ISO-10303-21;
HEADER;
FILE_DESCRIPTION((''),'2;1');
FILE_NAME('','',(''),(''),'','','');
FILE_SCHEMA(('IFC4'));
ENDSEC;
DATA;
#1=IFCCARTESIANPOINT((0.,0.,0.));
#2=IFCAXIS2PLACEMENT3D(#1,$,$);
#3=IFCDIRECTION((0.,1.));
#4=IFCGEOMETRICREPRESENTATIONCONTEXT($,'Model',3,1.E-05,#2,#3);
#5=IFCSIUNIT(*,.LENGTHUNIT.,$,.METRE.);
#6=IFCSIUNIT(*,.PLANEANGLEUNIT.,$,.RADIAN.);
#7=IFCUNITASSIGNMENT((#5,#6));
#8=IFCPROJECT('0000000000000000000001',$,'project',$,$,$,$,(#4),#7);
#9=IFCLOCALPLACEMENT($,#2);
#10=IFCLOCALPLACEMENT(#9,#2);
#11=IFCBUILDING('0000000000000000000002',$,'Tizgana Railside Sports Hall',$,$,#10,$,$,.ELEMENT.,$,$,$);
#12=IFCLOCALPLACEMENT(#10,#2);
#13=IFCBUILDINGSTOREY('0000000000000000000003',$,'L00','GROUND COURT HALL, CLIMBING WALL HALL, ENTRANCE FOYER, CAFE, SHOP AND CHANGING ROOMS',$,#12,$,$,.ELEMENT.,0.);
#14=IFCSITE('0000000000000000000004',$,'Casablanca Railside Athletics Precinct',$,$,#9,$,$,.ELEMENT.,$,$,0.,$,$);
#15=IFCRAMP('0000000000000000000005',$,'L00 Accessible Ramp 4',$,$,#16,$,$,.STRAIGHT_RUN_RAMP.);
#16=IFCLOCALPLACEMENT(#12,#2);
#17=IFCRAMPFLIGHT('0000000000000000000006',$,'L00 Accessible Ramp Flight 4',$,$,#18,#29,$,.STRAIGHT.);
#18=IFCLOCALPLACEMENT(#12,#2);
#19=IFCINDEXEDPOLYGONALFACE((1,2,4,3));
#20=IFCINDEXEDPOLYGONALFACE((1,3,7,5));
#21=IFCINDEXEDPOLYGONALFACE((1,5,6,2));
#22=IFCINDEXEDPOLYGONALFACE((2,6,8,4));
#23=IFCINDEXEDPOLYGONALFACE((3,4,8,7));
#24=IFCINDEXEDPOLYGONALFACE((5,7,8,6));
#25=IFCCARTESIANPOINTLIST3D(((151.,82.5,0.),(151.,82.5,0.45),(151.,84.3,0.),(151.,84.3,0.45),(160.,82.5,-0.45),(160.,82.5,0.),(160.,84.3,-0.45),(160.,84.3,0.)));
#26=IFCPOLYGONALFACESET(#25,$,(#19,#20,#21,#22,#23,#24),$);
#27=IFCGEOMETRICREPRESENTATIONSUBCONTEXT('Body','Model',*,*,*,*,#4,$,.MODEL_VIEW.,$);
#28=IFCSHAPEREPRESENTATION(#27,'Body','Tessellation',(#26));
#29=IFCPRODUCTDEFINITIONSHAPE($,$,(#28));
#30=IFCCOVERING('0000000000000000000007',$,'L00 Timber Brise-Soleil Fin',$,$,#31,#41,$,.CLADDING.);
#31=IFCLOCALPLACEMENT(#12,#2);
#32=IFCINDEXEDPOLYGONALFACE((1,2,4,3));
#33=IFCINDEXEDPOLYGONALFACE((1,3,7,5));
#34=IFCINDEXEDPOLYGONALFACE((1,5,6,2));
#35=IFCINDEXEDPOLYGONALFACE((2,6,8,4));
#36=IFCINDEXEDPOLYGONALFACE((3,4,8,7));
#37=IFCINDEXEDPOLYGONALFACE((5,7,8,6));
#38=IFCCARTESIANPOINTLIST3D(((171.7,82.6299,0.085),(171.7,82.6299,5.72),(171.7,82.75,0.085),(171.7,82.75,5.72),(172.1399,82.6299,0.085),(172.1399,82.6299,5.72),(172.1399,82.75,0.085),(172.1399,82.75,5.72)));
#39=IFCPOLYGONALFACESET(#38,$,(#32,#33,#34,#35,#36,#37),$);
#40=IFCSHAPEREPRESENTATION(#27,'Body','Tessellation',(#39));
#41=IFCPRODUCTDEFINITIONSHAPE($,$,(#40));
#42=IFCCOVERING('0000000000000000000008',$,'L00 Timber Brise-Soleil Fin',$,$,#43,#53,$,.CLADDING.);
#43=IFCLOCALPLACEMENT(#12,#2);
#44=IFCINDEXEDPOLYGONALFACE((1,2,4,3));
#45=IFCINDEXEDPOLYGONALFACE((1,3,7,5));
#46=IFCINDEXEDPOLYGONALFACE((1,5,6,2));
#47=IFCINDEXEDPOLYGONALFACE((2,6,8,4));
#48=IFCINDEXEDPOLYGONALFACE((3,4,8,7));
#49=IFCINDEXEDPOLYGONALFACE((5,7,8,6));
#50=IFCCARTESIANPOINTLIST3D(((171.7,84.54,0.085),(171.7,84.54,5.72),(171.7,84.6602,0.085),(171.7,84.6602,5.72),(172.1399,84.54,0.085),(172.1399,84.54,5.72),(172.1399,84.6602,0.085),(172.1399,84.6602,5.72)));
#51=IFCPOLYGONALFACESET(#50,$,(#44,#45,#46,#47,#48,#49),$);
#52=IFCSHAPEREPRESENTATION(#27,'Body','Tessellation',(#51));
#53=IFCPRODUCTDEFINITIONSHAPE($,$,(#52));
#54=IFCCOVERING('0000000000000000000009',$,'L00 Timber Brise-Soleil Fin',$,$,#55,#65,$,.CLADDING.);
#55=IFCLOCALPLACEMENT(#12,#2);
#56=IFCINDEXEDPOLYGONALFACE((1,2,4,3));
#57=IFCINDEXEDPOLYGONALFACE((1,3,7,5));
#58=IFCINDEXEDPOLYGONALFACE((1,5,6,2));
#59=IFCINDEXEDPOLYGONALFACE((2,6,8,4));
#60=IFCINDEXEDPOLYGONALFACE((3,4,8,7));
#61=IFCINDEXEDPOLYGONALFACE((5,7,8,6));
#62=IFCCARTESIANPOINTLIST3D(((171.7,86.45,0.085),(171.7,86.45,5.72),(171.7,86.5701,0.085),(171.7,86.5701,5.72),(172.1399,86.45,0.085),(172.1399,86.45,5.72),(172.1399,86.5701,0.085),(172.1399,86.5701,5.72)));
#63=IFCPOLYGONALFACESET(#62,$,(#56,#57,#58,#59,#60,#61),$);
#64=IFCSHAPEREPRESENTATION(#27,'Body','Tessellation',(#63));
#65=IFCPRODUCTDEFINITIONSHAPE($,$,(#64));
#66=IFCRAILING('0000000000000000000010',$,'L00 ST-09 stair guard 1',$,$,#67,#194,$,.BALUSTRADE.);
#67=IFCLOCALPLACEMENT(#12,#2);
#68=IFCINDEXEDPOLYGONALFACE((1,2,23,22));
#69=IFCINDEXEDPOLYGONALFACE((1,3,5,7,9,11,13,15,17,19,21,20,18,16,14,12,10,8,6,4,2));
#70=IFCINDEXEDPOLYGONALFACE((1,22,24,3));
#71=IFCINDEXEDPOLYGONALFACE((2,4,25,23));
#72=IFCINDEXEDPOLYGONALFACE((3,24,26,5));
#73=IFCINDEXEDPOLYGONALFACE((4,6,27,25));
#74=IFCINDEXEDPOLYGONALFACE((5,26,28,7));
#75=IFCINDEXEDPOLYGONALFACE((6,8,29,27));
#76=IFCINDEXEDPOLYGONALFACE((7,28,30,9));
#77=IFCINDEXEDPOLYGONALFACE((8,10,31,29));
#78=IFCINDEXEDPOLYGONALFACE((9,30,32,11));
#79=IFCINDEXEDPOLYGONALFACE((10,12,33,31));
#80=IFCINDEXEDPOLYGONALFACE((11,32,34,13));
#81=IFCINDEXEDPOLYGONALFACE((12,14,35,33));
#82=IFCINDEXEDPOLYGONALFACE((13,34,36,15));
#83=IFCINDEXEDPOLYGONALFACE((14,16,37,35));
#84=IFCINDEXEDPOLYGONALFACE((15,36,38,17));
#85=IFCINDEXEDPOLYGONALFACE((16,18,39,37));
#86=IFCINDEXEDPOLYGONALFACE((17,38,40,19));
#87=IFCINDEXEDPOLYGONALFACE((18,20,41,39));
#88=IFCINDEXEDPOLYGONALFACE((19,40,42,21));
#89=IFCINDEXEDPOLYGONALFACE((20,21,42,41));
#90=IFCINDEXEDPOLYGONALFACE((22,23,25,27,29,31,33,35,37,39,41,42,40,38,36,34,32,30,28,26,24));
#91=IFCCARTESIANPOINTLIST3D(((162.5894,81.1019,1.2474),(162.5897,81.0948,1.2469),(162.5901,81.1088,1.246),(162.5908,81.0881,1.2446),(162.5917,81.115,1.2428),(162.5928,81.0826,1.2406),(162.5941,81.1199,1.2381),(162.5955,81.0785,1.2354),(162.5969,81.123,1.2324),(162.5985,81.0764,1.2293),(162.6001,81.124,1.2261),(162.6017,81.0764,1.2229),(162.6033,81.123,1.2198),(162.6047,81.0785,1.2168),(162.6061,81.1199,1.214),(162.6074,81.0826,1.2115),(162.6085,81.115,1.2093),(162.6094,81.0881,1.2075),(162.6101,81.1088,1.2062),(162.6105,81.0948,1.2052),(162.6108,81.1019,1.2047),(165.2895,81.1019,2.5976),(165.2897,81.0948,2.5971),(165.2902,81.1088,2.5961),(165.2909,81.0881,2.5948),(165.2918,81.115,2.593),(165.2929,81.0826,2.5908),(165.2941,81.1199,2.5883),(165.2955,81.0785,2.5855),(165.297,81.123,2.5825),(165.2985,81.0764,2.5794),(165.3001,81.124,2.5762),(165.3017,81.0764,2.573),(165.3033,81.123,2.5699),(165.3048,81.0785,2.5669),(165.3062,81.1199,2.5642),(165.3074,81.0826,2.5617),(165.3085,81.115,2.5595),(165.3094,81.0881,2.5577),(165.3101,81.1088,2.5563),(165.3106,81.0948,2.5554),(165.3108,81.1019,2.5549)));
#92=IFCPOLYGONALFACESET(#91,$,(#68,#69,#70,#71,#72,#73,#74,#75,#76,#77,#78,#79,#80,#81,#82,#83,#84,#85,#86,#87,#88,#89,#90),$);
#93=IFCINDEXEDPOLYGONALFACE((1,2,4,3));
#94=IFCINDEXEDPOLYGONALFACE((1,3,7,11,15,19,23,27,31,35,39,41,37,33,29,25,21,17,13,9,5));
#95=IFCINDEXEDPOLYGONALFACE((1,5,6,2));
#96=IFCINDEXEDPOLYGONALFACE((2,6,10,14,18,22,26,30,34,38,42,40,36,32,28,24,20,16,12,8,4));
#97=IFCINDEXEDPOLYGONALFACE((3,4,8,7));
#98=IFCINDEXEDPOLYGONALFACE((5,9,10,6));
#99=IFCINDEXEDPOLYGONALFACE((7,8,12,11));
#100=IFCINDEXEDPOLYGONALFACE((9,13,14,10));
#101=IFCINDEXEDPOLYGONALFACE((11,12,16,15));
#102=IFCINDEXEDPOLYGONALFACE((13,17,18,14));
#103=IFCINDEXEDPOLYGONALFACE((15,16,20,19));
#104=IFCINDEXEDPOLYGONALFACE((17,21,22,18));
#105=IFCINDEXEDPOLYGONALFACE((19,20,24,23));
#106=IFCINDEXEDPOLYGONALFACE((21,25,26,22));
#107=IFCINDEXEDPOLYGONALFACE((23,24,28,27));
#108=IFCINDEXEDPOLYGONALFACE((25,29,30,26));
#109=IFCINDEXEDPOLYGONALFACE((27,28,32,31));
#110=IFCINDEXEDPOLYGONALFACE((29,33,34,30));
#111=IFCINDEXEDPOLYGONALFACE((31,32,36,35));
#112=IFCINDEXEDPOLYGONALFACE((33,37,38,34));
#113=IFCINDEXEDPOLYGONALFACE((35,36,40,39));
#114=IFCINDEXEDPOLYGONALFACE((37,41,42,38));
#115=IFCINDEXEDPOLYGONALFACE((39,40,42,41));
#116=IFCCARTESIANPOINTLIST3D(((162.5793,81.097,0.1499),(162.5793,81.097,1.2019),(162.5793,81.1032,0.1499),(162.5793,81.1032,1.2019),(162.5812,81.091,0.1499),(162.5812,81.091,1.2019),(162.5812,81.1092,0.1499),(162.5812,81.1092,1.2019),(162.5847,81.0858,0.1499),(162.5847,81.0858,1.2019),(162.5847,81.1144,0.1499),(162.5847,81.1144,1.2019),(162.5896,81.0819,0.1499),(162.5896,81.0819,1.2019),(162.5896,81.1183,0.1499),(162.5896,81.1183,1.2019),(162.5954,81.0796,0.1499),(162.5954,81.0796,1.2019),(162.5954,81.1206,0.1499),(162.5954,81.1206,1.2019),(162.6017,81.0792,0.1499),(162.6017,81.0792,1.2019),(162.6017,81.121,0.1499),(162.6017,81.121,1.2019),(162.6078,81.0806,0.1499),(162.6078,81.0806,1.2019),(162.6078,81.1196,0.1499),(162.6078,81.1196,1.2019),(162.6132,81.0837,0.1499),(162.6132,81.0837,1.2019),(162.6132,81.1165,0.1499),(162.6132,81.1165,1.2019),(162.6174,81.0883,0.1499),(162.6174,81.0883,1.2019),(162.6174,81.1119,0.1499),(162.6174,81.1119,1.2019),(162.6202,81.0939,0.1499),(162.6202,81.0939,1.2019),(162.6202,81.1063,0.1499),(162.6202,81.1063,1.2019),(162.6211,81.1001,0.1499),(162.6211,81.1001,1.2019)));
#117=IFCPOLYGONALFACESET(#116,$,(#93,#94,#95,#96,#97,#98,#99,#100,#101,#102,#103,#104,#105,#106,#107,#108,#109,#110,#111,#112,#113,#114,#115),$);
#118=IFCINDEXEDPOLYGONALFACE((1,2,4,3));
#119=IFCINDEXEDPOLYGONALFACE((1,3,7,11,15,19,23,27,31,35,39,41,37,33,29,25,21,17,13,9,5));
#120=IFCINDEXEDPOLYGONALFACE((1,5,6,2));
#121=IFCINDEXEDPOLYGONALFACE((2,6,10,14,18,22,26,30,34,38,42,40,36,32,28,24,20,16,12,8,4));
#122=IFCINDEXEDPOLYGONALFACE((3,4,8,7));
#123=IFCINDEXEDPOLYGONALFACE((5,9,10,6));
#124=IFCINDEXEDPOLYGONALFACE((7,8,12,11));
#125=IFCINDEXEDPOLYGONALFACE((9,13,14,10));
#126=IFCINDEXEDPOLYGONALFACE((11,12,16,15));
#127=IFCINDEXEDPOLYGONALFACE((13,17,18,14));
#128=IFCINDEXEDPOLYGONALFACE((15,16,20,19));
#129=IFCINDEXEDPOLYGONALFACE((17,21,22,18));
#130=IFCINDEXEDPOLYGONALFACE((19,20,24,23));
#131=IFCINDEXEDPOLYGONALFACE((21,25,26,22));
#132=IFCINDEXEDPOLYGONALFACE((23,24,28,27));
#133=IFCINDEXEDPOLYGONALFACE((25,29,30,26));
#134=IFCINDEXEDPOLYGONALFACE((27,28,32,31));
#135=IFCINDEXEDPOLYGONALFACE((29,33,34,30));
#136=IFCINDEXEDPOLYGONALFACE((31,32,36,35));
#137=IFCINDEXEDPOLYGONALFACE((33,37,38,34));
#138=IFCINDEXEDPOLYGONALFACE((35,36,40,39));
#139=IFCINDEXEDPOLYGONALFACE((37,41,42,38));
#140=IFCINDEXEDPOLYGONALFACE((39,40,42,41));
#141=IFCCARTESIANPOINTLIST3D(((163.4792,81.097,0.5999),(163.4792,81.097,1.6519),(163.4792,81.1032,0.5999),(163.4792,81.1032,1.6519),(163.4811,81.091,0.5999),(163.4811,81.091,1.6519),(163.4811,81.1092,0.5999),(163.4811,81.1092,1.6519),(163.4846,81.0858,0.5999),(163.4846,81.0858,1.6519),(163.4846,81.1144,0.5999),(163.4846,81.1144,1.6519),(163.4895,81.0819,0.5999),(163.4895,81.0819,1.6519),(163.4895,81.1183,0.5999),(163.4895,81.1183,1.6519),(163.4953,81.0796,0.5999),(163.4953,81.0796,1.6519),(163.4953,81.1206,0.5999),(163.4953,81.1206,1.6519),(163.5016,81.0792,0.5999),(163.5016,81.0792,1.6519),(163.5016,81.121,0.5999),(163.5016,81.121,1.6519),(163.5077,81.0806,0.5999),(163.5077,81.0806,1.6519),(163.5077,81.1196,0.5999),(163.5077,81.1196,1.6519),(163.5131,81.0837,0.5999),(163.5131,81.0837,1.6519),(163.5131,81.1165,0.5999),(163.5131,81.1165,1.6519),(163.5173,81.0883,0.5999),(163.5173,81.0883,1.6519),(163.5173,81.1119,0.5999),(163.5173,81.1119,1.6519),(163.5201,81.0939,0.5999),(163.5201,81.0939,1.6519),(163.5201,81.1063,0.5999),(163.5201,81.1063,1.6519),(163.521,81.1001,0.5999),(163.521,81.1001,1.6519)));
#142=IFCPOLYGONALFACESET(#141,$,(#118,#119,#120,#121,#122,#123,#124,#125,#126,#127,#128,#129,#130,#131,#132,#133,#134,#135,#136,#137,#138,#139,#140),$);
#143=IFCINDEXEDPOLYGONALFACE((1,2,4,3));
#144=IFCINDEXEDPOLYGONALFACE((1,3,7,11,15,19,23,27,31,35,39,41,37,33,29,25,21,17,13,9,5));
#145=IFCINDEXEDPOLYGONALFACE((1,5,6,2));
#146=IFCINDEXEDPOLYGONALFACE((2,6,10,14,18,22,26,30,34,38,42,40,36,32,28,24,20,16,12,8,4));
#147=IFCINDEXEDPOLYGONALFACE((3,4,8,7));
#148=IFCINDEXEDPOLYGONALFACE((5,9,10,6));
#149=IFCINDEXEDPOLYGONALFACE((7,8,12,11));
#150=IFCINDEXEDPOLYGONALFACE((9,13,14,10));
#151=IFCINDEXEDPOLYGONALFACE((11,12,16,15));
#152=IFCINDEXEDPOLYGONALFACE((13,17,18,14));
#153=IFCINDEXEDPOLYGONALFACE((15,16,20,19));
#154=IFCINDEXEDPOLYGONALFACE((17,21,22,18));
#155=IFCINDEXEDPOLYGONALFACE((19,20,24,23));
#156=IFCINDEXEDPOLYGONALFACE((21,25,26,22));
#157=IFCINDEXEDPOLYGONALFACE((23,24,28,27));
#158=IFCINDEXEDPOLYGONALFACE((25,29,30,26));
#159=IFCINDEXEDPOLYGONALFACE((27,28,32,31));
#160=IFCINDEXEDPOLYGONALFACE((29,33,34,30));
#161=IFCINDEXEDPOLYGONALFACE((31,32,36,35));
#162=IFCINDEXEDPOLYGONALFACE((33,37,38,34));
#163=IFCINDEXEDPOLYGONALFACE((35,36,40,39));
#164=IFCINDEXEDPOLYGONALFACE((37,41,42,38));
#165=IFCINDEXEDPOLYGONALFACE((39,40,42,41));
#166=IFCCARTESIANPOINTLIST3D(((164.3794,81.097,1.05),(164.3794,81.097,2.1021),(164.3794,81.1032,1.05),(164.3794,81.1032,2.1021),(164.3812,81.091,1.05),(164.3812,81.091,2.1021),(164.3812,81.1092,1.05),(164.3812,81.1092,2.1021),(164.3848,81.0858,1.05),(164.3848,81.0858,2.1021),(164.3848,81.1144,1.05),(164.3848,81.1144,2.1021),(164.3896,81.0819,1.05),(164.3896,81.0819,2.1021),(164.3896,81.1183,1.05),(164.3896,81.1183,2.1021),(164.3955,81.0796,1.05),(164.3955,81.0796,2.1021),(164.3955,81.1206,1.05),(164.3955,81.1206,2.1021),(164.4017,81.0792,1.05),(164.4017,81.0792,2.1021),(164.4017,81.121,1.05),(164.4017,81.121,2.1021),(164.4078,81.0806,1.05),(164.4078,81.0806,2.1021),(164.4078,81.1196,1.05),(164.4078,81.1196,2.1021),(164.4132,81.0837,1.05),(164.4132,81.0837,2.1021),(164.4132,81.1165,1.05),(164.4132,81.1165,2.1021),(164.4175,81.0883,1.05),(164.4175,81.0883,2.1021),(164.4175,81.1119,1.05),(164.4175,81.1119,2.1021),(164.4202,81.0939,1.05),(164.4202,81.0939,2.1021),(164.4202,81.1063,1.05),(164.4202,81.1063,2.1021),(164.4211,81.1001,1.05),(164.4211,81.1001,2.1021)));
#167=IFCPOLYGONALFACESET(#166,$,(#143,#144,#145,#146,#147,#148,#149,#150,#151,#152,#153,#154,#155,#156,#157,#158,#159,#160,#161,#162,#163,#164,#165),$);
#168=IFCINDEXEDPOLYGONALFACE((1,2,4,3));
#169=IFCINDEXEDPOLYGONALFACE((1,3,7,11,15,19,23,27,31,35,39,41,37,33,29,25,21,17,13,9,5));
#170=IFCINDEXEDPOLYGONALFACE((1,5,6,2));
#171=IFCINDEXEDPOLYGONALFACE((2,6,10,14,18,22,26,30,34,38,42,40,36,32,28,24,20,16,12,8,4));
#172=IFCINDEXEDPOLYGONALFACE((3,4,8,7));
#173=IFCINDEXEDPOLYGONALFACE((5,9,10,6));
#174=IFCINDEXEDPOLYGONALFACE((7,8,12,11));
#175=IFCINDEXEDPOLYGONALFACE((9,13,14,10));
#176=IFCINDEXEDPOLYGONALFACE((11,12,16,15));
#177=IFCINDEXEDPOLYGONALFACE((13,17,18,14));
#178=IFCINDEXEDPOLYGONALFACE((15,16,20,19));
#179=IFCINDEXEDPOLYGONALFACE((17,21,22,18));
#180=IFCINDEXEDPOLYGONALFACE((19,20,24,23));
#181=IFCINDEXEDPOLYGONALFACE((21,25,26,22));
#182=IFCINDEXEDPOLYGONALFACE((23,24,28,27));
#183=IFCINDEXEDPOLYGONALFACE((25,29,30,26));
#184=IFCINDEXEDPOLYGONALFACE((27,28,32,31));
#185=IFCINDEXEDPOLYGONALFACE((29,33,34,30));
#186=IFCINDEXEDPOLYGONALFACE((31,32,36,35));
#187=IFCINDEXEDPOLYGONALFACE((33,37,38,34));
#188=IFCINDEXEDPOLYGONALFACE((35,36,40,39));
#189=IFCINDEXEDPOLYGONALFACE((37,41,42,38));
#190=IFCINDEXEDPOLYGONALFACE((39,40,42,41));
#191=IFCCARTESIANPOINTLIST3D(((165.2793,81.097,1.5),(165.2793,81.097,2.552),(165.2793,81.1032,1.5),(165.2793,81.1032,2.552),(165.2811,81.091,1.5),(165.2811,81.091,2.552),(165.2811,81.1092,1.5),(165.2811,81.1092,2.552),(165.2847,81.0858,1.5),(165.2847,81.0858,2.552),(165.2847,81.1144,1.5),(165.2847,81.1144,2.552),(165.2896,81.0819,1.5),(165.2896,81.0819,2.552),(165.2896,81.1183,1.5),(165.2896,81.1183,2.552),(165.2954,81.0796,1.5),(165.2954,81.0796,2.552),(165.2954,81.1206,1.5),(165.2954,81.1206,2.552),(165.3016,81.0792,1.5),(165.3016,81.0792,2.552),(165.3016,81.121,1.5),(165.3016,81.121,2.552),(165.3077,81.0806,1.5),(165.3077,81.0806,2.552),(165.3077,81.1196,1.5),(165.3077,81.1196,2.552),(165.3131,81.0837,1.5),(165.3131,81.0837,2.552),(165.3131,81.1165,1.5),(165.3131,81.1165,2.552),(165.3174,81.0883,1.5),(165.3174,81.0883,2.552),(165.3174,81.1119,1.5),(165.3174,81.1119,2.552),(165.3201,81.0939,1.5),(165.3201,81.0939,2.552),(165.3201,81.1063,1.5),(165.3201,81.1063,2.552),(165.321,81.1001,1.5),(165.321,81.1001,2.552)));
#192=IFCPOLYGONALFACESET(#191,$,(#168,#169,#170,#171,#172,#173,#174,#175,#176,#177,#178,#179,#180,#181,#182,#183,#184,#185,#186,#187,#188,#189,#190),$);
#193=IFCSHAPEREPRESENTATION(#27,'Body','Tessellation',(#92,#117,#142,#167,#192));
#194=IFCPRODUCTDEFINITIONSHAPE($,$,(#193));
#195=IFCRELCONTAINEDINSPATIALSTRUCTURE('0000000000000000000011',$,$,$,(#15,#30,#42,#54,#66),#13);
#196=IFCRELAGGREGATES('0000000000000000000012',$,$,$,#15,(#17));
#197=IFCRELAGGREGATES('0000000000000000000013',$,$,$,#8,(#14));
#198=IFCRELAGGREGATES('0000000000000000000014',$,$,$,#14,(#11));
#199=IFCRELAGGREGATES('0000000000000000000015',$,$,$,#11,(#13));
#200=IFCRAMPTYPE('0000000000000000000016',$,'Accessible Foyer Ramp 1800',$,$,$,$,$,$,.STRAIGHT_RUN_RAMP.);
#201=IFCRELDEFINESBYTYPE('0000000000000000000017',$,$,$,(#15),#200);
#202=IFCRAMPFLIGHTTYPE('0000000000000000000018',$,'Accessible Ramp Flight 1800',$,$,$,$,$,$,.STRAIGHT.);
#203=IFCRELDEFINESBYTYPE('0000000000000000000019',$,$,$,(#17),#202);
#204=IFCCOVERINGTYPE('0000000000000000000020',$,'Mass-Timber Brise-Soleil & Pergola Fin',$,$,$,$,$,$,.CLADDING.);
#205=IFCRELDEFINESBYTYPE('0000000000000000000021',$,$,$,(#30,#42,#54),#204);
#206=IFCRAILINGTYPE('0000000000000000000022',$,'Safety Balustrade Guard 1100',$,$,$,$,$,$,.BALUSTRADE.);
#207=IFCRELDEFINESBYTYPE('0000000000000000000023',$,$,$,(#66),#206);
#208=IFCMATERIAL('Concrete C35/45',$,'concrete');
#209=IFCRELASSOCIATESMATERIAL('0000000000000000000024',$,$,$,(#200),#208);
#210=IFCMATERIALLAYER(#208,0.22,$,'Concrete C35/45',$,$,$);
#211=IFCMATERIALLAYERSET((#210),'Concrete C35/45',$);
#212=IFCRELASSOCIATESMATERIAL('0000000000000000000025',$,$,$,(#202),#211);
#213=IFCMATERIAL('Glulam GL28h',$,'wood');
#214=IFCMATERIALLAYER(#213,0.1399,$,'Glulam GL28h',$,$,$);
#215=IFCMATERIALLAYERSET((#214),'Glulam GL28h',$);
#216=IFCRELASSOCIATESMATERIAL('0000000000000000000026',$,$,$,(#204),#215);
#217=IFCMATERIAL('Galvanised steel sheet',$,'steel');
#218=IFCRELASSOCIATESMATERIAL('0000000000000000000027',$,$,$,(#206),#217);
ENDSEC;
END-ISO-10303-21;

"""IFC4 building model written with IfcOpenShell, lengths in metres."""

from ifc_helpers import new_model, si_unit, direction, frame, origin, origin_2d, place, context, subcontext, project, spatial, polyline, rectangle, circle, outline, extrude, material, layer, layer_set, type_object, element, aggregate, save


model = new_model("IFC4")

# Units and contexts
model_context = context("Model", 3, precision=1e-05, world=origin(), true_north=direction((0.0, 1.0)))
body_context = subcontext(model_context, "Body", "Model", "MODEL_VIEW")
ifc_project = project(units=[si_unit("LENGTHUNIT", "METRE"), si_unit("PLANEANGLEUNIT", "RADIAN")], contexts=[model_context])

# Site, building, storey
site_placement = place(None, origin())
site = spatial("IfcSite", under=ifc_project, at=site_placement, Name="Casablanca Railside Athletics Precinct", CompositionType="ELEMENT", RefElevation=0.0)
building_placement = place(site_placement, origin())
building = spatial("IfcBuilding", under=site, at=building_placement, Name="Tizgana Railside Sports Hall", CompositionType="ELEMENT")
storey_placement = place(building_placement, origin())
storey = spatial("IfcBuildingStorey", under=building, at=storey_placement, Name="L00", Description="GROUND COURT HALL, CLIMBING WALL HALL, ENTRANCE FOYER, CAFE, SHOP AND CHANGING ROOMS", CompositionType="ELEMENT", Elevation=0.0)

# Shared definitions
ifc_material_1 = material(Name="Concrete C35/45", Category="concrete")

# Ramp, ramp flight
ramp_type = type_object("IfcRampType", Name="Accessible Foyer Ramp 1800", PredefinedType="STRAIGHT_RUN_RAMP", material=ifc_material_1)
ramp_placement = place(storey_placement, origin())
ramp = element("IfcRamp", 1, at=ramp_placement, inside=storey, type_object=ramp_type, Name="L00 Accessible Ramp 4", PredefinedType="STRAIGHT_RUN_RAMP")
ifc_layer_1 = layer(ifc_material_1, 0.22, Name="Concrete C35/45")
ifc_layer_set_1 = layer_set([ifc_layer_1], Name="Concrete C35/45")
ramp_flight_type = type_object("IfcRampFlightType", Name="Accessible Ramp Flight 1800", PredefinedType="STRAIGHT", material=ifc_layer_set_1)
ramp_flight_placement = place(storey_placement, frame((160.0, 83.3999, 0.0), z_axis=(0.0, 0.0, 1.0), x_axis=(-1.0, 0.0, 0.0)))
ramp_flight = element("IfcRampFlight", 2, at=ramp_flight_placement, type_object=ramp_flight_type, Name="L00 Accessible Ramp Flight 4", PredefinedType="STRAIGHT", context=body_context, shape_type="SweptSolid", body=[
    extrude(outline(polyline([(0.0, 0.0), (9.0, 0.45), (9.0, 0.0), (0.0, -0.45), (0.0, 0.0)])), frame((0.0, 0.8999, 0.0), z_axis=(0.0, -1.0, 0.0), x_axis=(1.0, 0.0, 0.0)), (0.0, 0.0, 1.0), 1.8),
])
aggregate(ramp, [ramp_flight])

# Coverings
ifc_material_2 = material(Name="Glulam GL28h", Category="wood")
ifc_layer_2 = layer(ifc_material_2, 0.1399, Name="Glulam GL28h")
ifc_layer_set_2 = layer_set([ifc_layer_2], Name="Glulam GL28h")
covering_type = type_object("IfcCoveringType", Name="Mass-Timber Brise-Soleil & Pergola Fin", PredefinedType="CLADDING", material=ifc_layer_set_2)
for number, where, z_axis, x_axis, name in (
    (3, (171.9199, 82.6899, 0.085), (0.0, 0.0, 1.0), (0.0, 1.0, 0.0), "L00 Timber Brise-Soleil Fin"),
    (4, (171.9199, 84.6001, 0.085), (0.0, 0.0, 1.0), (0.0, 1.0, 0.0), "L00 Timber Brise-Soleil Fin"),
    (5, (171.9199, 86.51, 0.085), (0.0, 0.0, 1.0), (0.0, 1.0, 0.0), "L00 Timber Brise-Soleil Fin"),
):
    element("IfcCovering", number, at=place(storey_placement, frame(where, z_axis=z_axis, x_axis=x_axis)), inside=storey, type_object=covering_type, Name=name, PredefinedType="CLADDING", context=body_context, shape_type="SweptSolid", body=[
        extrude(rectangle(XDim=0.1201, YDim=0.4399, at=origin_2d()), origin(), (0.0, 0.0, 1.0), 5.635),
    ])

# Railing
ifc_material_3 = material(Name="Galvanised steel sheet", Category="steel")
railing_type_1 = type_object("IfcRailingType", Name="Safety Balustrade Guard 1100", PredefinedType="BALUSTRADE", material=ifc_material_3)
railing_1_placement = place(storey_placement, frame((162.6001, 81.1001, 0.1499)))
element("IfcRailing", 6, at=railing_1_placement, inside=storey, type_object=railing_type_1, Name="L00 ST-09 stair guard 1", PredefinedType="BALUSTRADE", context=body_context, shape_type="SweptSolid", body=[
    extrude(circle(Radius=0.0239, at=origin_2d()), frame((0.0, 0.0, 1.0762), z_axis=(0.894411, 0.0, 0.447246), x_axis=(0.0, 1.0, 0.0)), (0.0, 0.0, 1.0), 3.0188),
    extrude(circle(Radius=0.021, at=origin_2d()), origin(), (0.0, 0.0, 1.0), 1.052),
    extrude(circle(Radius=0.021, at=origin_2d()), frame((0.8999, 0.0, 0.45)), (0.0, 0.0, 1.0), 1.052),
    extrude(circle(Radius=0.021, at=origin_2d()), frame((1.8, 0.0, 0.9001)), (0.0, 0.0, 1.0), 1.052),
    extrude(circle(Radius=0.021, at=origin_2d()), frame((2.7, 0.0, 1.3501)), (0.0, 0.0, 1.0), 1.052),
])

save(model, "model.ifc")
